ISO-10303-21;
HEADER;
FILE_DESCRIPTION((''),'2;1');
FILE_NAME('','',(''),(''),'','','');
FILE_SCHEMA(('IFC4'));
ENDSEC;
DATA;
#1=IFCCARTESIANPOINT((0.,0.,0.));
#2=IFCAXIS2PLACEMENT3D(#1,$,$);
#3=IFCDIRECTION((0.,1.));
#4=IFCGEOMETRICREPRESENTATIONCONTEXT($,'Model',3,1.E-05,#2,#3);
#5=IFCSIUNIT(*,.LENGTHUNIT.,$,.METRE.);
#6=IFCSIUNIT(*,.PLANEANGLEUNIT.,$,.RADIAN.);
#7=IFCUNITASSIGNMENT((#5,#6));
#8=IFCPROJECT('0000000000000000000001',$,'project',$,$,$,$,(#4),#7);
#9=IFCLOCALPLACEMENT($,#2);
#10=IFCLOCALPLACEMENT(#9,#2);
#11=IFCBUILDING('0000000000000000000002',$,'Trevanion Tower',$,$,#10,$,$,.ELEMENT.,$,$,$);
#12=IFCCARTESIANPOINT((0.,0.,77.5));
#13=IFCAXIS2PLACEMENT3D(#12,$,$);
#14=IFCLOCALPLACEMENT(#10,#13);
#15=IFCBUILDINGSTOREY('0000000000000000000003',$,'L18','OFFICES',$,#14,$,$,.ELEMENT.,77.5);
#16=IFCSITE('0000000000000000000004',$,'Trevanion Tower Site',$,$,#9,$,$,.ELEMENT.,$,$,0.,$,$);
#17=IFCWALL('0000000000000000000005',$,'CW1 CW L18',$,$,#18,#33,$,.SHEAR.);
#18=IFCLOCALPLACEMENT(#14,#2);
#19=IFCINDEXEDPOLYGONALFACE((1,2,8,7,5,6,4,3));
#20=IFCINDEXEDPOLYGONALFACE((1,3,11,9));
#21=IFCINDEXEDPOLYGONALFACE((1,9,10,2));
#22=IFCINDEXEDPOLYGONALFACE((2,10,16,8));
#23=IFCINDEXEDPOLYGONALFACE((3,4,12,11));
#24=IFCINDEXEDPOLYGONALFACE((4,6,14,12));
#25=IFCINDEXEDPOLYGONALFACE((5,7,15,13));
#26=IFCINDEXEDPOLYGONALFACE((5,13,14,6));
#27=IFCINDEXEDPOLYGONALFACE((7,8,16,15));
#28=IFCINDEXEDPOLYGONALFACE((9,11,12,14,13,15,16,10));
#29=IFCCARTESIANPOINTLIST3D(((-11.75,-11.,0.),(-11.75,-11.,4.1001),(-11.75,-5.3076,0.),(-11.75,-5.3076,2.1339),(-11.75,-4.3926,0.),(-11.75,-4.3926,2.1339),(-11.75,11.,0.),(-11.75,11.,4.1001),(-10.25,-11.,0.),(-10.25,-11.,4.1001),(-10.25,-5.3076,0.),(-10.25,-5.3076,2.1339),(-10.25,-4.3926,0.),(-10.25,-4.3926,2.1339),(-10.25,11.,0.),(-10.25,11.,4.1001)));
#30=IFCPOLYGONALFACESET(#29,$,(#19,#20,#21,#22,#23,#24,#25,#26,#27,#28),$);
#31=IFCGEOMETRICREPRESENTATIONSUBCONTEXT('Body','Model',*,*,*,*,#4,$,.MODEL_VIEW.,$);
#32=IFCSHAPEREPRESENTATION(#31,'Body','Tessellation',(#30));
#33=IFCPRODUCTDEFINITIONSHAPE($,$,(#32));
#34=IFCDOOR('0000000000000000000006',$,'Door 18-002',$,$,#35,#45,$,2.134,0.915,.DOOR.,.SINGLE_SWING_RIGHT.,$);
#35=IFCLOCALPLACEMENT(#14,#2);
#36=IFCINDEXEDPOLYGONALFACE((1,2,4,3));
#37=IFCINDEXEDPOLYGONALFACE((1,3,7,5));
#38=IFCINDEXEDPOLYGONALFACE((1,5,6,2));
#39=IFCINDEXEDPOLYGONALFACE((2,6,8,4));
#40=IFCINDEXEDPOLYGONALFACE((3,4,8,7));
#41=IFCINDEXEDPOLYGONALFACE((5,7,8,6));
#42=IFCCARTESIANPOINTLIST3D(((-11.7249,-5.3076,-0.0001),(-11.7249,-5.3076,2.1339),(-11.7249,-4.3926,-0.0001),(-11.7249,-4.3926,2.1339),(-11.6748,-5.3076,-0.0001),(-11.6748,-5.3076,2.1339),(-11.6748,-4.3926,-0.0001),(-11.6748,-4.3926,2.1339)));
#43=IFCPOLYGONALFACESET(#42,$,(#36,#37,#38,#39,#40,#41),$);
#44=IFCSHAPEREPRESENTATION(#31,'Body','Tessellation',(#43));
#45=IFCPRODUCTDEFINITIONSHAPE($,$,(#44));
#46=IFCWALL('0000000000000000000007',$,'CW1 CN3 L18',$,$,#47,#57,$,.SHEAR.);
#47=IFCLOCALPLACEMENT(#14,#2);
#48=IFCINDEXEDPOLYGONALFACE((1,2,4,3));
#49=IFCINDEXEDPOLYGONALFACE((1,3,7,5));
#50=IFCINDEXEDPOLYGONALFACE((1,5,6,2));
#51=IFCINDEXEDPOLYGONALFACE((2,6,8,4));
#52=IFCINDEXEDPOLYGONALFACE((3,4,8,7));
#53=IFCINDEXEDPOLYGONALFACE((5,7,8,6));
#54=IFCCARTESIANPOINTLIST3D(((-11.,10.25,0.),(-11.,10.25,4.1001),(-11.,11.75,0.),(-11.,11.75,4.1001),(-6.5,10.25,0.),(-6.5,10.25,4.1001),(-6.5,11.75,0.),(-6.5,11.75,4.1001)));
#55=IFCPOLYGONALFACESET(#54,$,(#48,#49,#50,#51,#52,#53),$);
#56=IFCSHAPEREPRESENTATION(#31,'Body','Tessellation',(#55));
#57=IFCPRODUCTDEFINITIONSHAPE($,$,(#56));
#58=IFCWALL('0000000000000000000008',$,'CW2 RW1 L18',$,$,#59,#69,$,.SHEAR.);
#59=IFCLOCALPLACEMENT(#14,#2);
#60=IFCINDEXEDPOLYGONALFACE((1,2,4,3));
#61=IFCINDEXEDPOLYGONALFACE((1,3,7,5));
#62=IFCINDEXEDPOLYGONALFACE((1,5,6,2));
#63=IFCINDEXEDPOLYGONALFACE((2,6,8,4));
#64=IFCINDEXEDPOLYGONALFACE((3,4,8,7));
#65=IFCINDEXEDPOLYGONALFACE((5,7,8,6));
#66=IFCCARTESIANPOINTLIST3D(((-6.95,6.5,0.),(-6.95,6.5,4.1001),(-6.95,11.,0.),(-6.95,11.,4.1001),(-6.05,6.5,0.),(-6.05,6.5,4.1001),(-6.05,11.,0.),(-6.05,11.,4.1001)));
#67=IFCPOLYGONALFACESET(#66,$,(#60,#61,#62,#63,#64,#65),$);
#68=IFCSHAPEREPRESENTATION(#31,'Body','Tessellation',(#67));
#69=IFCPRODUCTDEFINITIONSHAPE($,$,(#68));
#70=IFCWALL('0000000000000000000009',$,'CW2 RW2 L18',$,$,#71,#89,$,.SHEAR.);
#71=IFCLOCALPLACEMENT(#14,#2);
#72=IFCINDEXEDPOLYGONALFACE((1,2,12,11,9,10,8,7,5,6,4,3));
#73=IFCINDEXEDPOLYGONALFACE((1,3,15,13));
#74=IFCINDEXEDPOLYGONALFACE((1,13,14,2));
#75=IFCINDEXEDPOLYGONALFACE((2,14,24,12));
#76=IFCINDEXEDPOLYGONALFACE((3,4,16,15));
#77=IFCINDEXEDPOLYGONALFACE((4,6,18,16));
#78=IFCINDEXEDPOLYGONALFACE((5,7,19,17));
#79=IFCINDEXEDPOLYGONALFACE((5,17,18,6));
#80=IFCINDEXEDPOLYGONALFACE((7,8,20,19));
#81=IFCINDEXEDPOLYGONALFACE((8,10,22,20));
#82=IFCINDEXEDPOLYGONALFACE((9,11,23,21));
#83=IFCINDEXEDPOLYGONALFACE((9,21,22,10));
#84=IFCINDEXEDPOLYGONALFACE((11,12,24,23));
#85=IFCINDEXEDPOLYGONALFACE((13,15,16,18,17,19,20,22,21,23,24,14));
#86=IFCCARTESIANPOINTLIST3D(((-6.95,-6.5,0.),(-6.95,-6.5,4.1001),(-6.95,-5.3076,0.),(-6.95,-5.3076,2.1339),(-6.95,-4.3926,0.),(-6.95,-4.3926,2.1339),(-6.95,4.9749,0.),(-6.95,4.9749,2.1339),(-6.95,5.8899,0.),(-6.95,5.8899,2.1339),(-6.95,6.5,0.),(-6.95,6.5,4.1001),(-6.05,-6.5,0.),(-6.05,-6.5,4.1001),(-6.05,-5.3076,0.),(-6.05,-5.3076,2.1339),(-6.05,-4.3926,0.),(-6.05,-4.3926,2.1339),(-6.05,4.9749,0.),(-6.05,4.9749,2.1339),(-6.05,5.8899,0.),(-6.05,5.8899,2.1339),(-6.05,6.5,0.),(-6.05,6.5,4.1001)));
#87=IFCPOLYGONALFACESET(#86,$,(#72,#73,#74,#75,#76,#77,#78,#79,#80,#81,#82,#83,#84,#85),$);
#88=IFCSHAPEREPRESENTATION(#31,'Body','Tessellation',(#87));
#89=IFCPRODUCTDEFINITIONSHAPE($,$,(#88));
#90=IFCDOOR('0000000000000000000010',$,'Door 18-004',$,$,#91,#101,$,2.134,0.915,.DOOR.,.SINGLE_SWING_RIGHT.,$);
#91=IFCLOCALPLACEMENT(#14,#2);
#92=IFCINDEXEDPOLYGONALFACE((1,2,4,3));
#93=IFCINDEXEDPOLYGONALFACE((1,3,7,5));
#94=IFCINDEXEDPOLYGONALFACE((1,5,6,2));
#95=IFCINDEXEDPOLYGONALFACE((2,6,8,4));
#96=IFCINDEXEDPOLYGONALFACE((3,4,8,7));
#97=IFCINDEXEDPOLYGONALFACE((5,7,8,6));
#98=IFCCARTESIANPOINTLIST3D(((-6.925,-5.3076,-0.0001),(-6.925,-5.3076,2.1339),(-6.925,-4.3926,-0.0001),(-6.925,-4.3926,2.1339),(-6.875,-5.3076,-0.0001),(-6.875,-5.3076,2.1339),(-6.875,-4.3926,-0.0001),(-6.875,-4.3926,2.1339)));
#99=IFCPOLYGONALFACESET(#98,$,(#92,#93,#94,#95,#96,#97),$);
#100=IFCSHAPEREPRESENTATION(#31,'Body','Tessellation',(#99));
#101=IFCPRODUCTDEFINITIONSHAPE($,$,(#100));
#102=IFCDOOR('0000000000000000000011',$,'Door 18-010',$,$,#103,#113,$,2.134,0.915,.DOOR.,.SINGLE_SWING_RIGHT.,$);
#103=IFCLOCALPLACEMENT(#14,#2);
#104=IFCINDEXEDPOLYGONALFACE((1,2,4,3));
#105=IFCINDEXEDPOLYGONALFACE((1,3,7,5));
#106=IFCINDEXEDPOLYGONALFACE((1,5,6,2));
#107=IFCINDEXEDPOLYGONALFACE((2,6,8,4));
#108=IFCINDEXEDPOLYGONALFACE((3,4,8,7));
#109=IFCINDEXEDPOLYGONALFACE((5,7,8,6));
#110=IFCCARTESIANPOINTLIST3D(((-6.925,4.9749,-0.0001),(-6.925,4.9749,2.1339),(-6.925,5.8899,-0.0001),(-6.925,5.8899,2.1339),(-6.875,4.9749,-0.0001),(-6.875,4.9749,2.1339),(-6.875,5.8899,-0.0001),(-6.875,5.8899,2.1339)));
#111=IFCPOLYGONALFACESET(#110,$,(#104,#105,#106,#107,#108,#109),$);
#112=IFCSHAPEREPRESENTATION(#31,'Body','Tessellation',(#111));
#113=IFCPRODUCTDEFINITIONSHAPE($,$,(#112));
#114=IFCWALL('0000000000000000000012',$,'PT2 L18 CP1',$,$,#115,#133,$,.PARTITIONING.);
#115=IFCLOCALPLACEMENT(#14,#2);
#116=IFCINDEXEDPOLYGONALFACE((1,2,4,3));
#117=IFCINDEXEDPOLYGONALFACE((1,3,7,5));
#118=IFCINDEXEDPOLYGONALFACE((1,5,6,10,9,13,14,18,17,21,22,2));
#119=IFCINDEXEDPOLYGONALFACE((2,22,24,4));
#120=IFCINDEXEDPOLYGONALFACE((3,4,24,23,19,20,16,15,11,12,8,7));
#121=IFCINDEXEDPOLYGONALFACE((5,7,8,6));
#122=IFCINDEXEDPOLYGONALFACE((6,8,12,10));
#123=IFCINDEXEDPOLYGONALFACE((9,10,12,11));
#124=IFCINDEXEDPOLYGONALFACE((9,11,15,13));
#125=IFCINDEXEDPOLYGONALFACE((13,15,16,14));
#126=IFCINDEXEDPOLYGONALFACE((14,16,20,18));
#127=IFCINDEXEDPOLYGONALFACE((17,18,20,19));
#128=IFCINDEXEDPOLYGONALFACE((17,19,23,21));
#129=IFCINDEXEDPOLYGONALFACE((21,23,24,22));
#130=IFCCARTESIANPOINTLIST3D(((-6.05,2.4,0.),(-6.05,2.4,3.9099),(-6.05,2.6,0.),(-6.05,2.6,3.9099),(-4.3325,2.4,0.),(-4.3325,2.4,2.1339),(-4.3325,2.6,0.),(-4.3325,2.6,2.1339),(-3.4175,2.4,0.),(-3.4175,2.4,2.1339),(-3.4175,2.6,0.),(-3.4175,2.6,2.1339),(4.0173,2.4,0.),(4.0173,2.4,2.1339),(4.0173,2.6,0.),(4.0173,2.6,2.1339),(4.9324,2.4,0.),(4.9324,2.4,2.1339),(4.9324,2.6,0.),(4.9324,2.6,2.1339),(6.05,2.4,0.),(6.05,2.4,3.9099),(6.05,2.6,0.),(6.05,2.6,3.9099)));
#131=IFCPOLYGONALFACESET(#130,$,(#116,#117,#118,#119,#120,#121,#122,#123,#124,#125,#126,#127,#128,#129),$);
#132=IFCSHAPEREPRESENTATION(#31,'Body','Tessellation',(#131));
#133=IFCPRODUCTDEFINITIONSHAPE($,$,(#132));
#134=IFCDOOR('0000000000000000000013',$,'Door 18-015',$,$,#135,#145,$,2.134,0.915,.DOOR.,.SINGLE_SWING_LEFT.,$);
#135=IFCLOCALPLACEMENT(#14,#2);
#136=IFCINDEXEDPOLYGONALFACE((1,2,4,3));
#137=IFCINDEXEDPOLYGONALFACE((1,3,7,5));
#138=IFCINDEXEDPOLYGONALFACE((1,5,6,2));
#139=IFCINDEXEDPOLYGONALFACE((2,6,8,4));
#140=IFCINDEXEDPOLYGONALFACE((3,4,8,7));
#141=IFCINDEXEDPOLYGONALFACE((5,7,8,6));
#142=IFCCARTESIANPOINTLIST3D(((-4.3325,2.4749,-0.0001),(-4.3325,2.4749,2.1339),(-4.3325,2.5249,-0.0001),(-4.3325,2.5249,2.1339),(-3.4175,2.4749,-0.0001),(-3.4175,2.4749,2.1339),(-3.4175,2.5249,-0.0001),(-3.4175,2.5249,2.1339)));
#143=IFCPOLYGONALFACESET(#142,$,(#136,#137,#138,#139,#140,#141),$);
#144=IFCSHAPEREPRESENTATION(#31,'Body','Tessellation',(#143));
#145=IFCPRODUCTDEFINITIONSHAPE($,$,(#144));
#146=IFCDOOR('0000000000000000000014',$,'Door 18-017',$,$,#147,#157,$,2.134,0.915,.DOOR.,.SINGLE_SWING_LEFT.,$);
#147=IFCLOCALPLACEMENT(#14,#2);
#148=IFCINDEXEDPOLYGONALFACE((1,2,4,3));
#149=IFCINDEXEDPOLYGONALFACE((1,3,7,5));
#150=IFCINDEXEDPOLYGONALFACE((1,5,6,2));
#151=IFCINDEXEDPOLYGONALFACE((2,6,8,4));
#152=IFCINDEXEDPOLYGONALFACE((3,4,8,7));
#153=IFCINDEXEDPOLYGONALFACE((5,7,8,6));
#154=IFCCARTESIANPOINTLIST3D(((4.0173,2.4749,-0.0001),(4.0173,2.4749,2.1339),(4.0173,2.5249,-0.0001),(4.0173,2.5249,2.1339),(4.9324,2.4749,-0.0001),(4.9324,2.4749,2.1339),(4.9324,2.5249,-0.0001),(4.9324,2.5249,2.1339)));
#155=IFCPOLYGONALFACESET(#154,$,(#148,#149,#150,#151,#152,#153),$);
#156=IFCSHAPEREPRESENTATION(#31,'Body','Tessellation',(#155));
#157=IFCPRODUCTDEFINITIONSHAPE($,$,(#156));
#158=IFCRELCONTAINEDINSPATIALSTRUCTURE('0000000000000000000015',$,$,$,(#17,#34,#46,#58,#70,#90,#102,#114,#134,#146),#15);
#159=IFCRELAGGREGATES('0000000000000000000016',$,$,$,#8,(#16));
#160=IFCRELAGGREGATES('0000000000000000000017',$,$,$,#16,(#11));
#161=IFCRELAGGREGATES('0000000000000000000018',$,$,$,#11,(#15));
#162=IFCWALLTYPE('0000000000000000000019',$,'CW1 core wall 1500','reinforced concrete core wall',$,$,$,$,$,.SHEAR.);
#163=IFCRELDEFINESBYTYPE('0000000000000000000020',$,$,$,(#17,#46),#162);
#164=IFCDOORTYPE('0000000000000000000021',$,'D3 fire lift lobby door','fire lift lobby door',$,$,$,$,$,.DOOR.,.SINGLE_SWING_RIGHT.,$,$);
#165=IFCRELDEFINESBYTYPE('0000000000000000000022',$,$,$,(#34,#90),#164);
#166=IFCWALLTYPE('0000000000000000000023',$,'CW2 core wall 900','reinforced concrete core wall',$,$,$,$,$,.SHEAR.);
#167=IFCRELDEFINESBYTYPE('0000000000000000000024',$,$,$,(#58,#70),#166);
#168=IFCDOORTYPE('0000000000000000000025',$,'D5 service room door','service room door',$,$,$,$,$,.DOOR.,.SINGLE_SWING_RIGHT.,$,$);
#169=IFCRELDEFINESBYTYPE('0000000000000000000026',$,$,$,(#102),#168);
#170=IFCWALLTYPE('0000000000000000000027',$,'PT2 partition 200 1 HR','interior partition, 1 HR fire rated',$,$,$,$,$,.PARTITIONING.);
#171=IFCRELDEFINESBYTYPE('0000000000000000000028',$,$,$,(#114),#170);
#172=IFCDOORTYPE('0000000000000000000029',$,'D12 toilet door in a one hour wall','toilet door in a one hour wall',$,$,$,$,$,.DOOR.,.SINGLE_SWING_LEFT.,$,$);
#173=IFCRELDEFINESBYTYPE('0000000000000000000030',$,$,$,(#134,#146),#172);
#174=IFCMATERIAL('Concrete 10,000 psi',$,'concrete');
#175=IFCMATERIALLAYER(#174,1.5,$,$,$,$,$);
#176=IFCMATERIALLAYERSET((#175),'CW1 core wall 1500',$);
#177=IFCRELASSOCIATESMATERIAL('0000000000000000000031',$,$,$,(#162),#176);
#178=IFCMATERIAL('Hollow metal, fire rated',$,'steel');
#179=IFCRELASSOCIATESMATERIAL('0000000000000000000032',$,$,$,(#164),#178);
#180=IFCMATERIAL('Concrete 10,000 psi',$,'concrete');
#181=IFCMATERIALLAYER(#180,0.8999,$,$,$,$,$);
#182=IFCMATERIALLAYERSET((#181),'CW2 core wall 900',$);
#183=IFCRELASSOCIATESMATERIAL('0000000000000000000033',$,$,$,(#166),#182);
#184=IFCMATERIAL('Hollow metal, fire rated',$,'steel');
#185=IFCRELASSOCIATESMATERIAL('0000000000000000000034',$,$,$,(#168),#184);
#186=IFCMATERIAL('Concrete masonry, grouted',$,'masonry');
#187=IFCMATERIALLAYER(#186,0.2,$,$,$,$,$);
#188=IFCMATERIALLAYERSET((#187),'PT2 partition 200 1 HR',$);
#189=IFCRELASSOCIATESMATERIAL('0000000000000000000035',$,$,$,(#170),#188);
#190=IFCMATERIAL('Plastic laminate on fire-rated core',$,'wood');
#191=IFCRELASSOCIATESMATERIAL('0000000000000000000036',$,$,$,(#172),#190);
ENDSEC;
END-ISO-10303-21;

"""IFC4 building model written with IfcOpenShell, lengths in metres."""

from ifc_helpers import new_model, si_unit, direction, frame, frame_2d, origin, place, context, subcontext, project, spatial, rectangle, extrude, material, layer, layer_set, type_object, element, fill, save


model = new_model("IFC4")

# Units and contexts
model_context = context("Model", 3, precision=1e-05, world=origin(), true_north=direction((0.0, 1.0)))
body_context = subcontext(model_context, "Body", "Model", "MODEL_VIEW")
ifc_project = project(units=[si_unit("LENGTHUNIT", "METRE"), si_unit("PLANEANGLEUNIT", "RADIAN")], contexts=[model_context])

# Site, building, storey
site_placement = place(None, origin())
site = spatial("IfcSite", under=ifc_project, at=site_placement, Name="Trevanion Tower Site", CompositionType="ELEMENT", RefElevation=0.0)
building_placement = place(site_placement, origin())
building = spatial("IfcBuilding", under=site, at=building_placement, Name="Trevanion Tower", CompositionType="ELEMENT")
storey_placement = place(building_placement, frame((0.0, 0.0, 77.5)))
storey = spatial("IfcBuildingStorey", under=building, at=storey_placement, Name="L18", Description="OFFICES", CompositionType="ELEMENT", Elevation=77.5)

# Wall, opening, door
ifc_material_1 = material(Name="Concrete 10,000 psi", Category="concrete")
ifc_layer_1 = layer(ifc_material_1, 1.5)
ifc_layer_set_1 = layer_set([ifc_layer_1], Name="CW1 core wall 1500")
wall_type_1 = type_object("IfcWallType", Name="CW1 core wall 1500", Description="reinforced concrete core wall", PredefinedType="SHEAR", material=ifc_layer_set_1)
wall_1_placement = place(storey_placement, frame((-11.0, 11.0, 0.0), z_axis=(0.0, 0.0, 1.0), x_axis=(0.0, -1.0, 0.0)))
wall_1 = element("IfcWall", 1, at=wall_1_placement, inside=storey, type_object=wall_type_1, Name="CW1 CW L18", PredefinedType="SHEAR", context=body_context, shape_type="SweptSolid", body=[
    extrude(rectangle(XDim=22.0, YDim=1.5, at=frame_2d((11.0, 0.0))), origin(), (0.0, 0.0, 1.0), 4.1001),
])
opening_1_placement = place(wall_1_placement, frame((15.3926, 0.0, 0.0)))
opening_1 = element("IfcOpeningElement", 2, at=opening_1_placement, cuts=wall_1, PredefinedType="OPENING", context=body_context, shape_type="SweptSolid", body=[
    extrude(rectangle(XDim=0.915, YDim=2.134, at=frame_2d((0.4575, 1.0669))), frame((0.0, 0.76, 0.0), z_axis=(0.0, -1.0, 0.0), x_axis=(1.0, 0.0, 0.0)), (0.0, 0.0, 1.0), 1.52),
])
ifc_material_2 = material(Name="Hollow metal, fire rated", Category="steel")
door_type_1 = type_object("IfcDoorType", Name="D3 fire lift lobby door", Description="fire lift lobby door", OperationType="SINGLE_SWING_RIGHT", PredefinedType="DOOR", material=ifc_material_2)
door_1_placement = place(opening_1_placement, origin())
door_1 = element("IfcDoor", 3, at=door_1_placement, inside=storey, type_object=door_type_1, Name="Door 18-002", OperationType="SINGLE_SWING_RIGHT", OverallHeight=2.134, OverallWidth=0.915, PredefinedType="DOOR", context=body_context, shape_type="SweptSolid", body=[
    extrude(rectangle(XDim=0.915, YDim=2.134, at=frame_2d((0.4575, 1.0669))), frame((0.0, -0.6748, 0.0), z_axis=(0.0, -1.0, 0.0), x_axis=(1.0, 0.0, 0.0)), (0.0, 0.0, 1.0), 0.05),
])
fill(opening_1, door_1)

# Walls
wall_2_placement = place(storey_placement, frame((-6.5, 11.0, 0.0), z_axis=(0.0, 0.0, 1.0), x_axis=(-1.0, 0.0, 0.0)))
element("IfcWall", 4, at=wall_2_placement, inside=storey, type_object=wall_type_1, Name="CW1 CN3 L18", PredefinedType="SHEAR", context=body_context, shape_type="SweptSolid", body=[
    extrude(rectangle(XDim=4.5, YDim=1.5, at=frame_2d((2.25, 0.0))), origin(), (0.0, 0.0, 1.0), 4.1001),
])
ifc_material_3 = material(Name="Concrete 10,000 psi", Category="concrete")
ifc_layer_2 = layer(ifc_material_3, 0.8999)
ifc_layer_set_2 = layer_set([ifc_layer_2], Name="CW2 core wall 900")
wall_type_2 = type_object("IfcWallType", Name="CW2 core wall 900", Description="reinforced concrete core wall", PredefinedType="SHEAR", material=ifc_layer_set_2)
wall_3_placement = place(storey_placement, frame((-6.5, 11.0, 0.0), z_axis=(0.0, 0.0, 1.0), x_axis=(0.0, -1.0, 0.0)))
element("IfcWall", 5, at=wall_3_placement, inside=storey, type_object=wall_type_2, Name="CW2 RW1 L18", PredefinedType="SHEAR", context=body_context, shape_type="SweptSolid", body=[
    extrude(rectangle(XDim=4.5, YDim=0.8999, at=frame_2d((2.25, 0.0))), origin(), (0.0, 0.0, 1.0), 4.1001),
])

# Walls, openings, doors
wall_4_placement = place(storey_placement, frame((-6.5, 6.5, 0.0), z_axis=(0.0, 0.0, 1.0), x_axis=(0.0, -1.0, 0.0)))
wall_4 = element("IfcWall", 6, at=wall_4_placement, inside=storey, type_object=wall_type_2, Name="CW2 RW2 L18", PredefinedType="SHEAR", context=body_context, shape_type="SweptSolid", body=[
    extrude(rectangle(XDim=13.0, YDim=0.8999, at=frame_2d((6.5, 0.0))), origin(), (0.0, 0.0, 1.0), 4.1001),
])
opening_2_placement = place(wall_4_placement, frame((10.8926, 0.0, 0.0)))
opening_2 = element("IfcOpeningElement", 7, at=opening_2_placement, cuts=wall_4, PredefinedType="OPENING", context=body_context, shape_type="SweptSolid", body=[
    extrude(rectangle(XDim=0.915, YDim=2.134, at=frame_2d((0.4575, 1.0669))), frame((0.0, 0.46, 0.0), z_axis=(0.0, -1.0, 0.0), x_axis=(1.0, 0.0, 0.0)), (0.0, 0.0, 1.0), 0.9199),
])
opening_3_placement = place(wall_4_placement, frame((0.6101, 0.0, 0.0)))
opening_3 = element("IfcOpeningElement", 8, at=opening_3_placement, cuts=wall_4, PredefinedType="OPENING", context=body_context, shape_type="SweptSolid", body=[
    extrude(rectangle(XDim=0.915, YDim=2.134, at=frame_2d((0.4575, 1.0669))), frame((0.0, 0.46, 0.0), z_axis=(0.0, -1.0, 0.0), x_axis=(1.0, 0.0, 0.0)), (0.0, 0.0, 1.0), 0.9199),
])
door_2_placement = place(opening_2_placement, origin())
door_2 = element("IfcDoor", 9, at=door_2_placement, inside=storey, type_object=door_type_1, Name="Door 18-004", OperationType="SINGLE_SWING_RIGHT", OverallHeight=2.134, OverallWidth=0.915, PredefinedType="DOOR", context=body_context, shape_type="SweptSolid", body=[
    extrude(rectangle(XDim=0.915, YDim=2.134, at=frame_2d((0.4575, 1.0669))), frame((0.0, -0.375, 0.0), z_axis=(0.0, -1.0, 0.0), x_axis=(1.0, 0.0, 0.0)), (0.0, 0.0, 1.0), 0.05),
])
fill(opening_2, door_2)
ifc_material_4 = material(Name="Hollow metal, fire rated", Category="steel")
door_type_2 = type_object("IfcDoorType", Name="D5 service room door", Description="service room door", OperationType="SINGLE_SWING_RIGHT", PredefinedType="DOOR", material=ifc_material_4)
door_3_placement = place(opening_3_placement, origin())
door_3 = element("IfcDoor", 10, at=door_3_placement, inside=storey, type_object=door_type_2, Name="Door 18-010", OperationType="SINGLE_SWING_RIGHT", OverallHeight=2.134, OverallWidth=0.915, PredefinedType="DOOR", context=body_context, shape_type="SweptSolid", body=[
    extrude(rectangle(XDim=0.915, YDim=2.134, at=frame_2d((0.4575, 1.0669))), frame((0.0, -0.375, 0.0), z_axis=(0.0, -1.0, 0.0), x_axis=(1.0, 0.0, 0.0)), (0.0, 0.0, 1.0), 0.05),
])
fill(opening_3, door_3)
ifc_material_5 = material(Name="Concrete masonry, grouted", Category="masonry")
ifc_layer_3 = layer(ifc_material_5, 0.2)
ifc_layer_set_3 = layer_set([ifc_layer_3], Name="PT2 partition 200 1 HR")
wall_type_3 = type_object("IfcWallType", Name="PT2 partition 200 1 HR", Description="interior partition, 1 HR fire rated", PredefinedType="PARTITIONING", material=ifc_layer_set_3)
wall_5_placement = place(storey_placement, frame((-6.05, 2.5, 0.0), z_axis=(0.0, 0.0, 1.0), x_axis=(1.0, 0.0, 0.0)))
wall_5 = element("IfcWall", 11, at=wall_5_placement, inside=storey, type_object=wall_type_3, Name="PT2 L18 CP1", PredefinedType="PARTITIONING", context=body_context, shape_type="SweptSolid", body=[
    extrude(rectangle(XDim=12.1001, YDim=0.2, at=frame_2d((6.05, 0.0))), origin(), (0.0, 0.0, 1.0), 3.9099),
])
opening_4_placement = place(wall_5_placement, frame((1.7175, 0.0, 0.0)))
opening_4 = element("IfcOpeningElement", 12, at=opening_4_placement, cuts=wall_5, PredefinedType="OPENING", context=body_context, shape_type="SweptSolid", body=[
    extrude(rectangle(XDim=0.915, YDim=2.134, at=frame_2d((0.4575, 1.0669))), frame((0.0, 0.1099, 0.0), z_axis=(0.0, -1.0, 0.0), x_axis=(1.0, 0.0, 0.0)), (0.0, 0.0, 1.0), 0.22),
])
opening_5_placement = place(wall_5_placement, frame((10.0674, 0.0, 0.0)))
opening_5 = element("IfcOpeningElement", 13, at=opening_5_placement, cuts=wall_5, PredefinedType="OPENING", context=body_context, shape_type="SweptSolid", body=[
    extrude(rectangle(XDim=0.915, YDim=2.134, at=frame_2d((0.4575, 1.0669))), frame((0.0, 0.1099, 0.0), z_axis=(0.0, -1.0, 0.0), x_axis=(1.0, 0.0, 0.0)), (0.0, 0.0, 1.0), 0.22),
])
ifc_material_6 = material(Name="Plastic laminate on fire-rated core", Category="wood")
door_type_3 = type_object("IfcDoorType", Name="D12 toilet door in a one hour wall", Description="toilet door in a one hour wall", OperationType="SINGLE_SWING_LEFT", PredefinedType="DOOR", material=ifc_material_6)
door_4_placement = place(opening_4_placement, origin())
door_4 = element("IfcDoor", 14, at=door_4_placement, inside=storey, type_object=door_type_3, Name="Door 18-015", OperationType="SINGLE_SWING_LEFT", OverallHeight=2.134, OverallWidth=0.915, PredefinedType="DOOR", context=body_context, shape_type="SweptSolid", body=[
    extrude(rectangle(XDim=0.915, YDim=2.134, at=frame_2d((0.4575, 1.0669))), frame((0.0, 0.0249, 0.0), z_axis=(0.0, -1.0, 0.0), x_axis=(1.0, 0.0, 0.0)), (0.0, 0.0, 1.0), 0.05),
])
fill(opening_4, door_4)
door_5_placement = place(opening_5_placement, origin())
door_5 = element("IfcDoor", 15, at=door_5_placement, inside=storey, type_object=door_type_3, Name="Door 18-017", OperationType="SINGLE_SWING_LEFT", OverallHeight=2.134, OverallWidth=0.915, PredefinedType="DOOR", context=body_context, shape_type="SweptSolid", body=[
    extrude(rectangle(XDim=0.915, YDim=2.134, at=frame_2d((0.4575, 1.0669))), frame((0.0, 0.0249, 0.0), z_axis=(0.0, -1.0, 0.0), x_axis=(1.0, 0.0, 0.0)), (0.0, 0.0, 1.0), 0.05),
])
fill(opening_5, door_5)

save(model, "model.ifc")
